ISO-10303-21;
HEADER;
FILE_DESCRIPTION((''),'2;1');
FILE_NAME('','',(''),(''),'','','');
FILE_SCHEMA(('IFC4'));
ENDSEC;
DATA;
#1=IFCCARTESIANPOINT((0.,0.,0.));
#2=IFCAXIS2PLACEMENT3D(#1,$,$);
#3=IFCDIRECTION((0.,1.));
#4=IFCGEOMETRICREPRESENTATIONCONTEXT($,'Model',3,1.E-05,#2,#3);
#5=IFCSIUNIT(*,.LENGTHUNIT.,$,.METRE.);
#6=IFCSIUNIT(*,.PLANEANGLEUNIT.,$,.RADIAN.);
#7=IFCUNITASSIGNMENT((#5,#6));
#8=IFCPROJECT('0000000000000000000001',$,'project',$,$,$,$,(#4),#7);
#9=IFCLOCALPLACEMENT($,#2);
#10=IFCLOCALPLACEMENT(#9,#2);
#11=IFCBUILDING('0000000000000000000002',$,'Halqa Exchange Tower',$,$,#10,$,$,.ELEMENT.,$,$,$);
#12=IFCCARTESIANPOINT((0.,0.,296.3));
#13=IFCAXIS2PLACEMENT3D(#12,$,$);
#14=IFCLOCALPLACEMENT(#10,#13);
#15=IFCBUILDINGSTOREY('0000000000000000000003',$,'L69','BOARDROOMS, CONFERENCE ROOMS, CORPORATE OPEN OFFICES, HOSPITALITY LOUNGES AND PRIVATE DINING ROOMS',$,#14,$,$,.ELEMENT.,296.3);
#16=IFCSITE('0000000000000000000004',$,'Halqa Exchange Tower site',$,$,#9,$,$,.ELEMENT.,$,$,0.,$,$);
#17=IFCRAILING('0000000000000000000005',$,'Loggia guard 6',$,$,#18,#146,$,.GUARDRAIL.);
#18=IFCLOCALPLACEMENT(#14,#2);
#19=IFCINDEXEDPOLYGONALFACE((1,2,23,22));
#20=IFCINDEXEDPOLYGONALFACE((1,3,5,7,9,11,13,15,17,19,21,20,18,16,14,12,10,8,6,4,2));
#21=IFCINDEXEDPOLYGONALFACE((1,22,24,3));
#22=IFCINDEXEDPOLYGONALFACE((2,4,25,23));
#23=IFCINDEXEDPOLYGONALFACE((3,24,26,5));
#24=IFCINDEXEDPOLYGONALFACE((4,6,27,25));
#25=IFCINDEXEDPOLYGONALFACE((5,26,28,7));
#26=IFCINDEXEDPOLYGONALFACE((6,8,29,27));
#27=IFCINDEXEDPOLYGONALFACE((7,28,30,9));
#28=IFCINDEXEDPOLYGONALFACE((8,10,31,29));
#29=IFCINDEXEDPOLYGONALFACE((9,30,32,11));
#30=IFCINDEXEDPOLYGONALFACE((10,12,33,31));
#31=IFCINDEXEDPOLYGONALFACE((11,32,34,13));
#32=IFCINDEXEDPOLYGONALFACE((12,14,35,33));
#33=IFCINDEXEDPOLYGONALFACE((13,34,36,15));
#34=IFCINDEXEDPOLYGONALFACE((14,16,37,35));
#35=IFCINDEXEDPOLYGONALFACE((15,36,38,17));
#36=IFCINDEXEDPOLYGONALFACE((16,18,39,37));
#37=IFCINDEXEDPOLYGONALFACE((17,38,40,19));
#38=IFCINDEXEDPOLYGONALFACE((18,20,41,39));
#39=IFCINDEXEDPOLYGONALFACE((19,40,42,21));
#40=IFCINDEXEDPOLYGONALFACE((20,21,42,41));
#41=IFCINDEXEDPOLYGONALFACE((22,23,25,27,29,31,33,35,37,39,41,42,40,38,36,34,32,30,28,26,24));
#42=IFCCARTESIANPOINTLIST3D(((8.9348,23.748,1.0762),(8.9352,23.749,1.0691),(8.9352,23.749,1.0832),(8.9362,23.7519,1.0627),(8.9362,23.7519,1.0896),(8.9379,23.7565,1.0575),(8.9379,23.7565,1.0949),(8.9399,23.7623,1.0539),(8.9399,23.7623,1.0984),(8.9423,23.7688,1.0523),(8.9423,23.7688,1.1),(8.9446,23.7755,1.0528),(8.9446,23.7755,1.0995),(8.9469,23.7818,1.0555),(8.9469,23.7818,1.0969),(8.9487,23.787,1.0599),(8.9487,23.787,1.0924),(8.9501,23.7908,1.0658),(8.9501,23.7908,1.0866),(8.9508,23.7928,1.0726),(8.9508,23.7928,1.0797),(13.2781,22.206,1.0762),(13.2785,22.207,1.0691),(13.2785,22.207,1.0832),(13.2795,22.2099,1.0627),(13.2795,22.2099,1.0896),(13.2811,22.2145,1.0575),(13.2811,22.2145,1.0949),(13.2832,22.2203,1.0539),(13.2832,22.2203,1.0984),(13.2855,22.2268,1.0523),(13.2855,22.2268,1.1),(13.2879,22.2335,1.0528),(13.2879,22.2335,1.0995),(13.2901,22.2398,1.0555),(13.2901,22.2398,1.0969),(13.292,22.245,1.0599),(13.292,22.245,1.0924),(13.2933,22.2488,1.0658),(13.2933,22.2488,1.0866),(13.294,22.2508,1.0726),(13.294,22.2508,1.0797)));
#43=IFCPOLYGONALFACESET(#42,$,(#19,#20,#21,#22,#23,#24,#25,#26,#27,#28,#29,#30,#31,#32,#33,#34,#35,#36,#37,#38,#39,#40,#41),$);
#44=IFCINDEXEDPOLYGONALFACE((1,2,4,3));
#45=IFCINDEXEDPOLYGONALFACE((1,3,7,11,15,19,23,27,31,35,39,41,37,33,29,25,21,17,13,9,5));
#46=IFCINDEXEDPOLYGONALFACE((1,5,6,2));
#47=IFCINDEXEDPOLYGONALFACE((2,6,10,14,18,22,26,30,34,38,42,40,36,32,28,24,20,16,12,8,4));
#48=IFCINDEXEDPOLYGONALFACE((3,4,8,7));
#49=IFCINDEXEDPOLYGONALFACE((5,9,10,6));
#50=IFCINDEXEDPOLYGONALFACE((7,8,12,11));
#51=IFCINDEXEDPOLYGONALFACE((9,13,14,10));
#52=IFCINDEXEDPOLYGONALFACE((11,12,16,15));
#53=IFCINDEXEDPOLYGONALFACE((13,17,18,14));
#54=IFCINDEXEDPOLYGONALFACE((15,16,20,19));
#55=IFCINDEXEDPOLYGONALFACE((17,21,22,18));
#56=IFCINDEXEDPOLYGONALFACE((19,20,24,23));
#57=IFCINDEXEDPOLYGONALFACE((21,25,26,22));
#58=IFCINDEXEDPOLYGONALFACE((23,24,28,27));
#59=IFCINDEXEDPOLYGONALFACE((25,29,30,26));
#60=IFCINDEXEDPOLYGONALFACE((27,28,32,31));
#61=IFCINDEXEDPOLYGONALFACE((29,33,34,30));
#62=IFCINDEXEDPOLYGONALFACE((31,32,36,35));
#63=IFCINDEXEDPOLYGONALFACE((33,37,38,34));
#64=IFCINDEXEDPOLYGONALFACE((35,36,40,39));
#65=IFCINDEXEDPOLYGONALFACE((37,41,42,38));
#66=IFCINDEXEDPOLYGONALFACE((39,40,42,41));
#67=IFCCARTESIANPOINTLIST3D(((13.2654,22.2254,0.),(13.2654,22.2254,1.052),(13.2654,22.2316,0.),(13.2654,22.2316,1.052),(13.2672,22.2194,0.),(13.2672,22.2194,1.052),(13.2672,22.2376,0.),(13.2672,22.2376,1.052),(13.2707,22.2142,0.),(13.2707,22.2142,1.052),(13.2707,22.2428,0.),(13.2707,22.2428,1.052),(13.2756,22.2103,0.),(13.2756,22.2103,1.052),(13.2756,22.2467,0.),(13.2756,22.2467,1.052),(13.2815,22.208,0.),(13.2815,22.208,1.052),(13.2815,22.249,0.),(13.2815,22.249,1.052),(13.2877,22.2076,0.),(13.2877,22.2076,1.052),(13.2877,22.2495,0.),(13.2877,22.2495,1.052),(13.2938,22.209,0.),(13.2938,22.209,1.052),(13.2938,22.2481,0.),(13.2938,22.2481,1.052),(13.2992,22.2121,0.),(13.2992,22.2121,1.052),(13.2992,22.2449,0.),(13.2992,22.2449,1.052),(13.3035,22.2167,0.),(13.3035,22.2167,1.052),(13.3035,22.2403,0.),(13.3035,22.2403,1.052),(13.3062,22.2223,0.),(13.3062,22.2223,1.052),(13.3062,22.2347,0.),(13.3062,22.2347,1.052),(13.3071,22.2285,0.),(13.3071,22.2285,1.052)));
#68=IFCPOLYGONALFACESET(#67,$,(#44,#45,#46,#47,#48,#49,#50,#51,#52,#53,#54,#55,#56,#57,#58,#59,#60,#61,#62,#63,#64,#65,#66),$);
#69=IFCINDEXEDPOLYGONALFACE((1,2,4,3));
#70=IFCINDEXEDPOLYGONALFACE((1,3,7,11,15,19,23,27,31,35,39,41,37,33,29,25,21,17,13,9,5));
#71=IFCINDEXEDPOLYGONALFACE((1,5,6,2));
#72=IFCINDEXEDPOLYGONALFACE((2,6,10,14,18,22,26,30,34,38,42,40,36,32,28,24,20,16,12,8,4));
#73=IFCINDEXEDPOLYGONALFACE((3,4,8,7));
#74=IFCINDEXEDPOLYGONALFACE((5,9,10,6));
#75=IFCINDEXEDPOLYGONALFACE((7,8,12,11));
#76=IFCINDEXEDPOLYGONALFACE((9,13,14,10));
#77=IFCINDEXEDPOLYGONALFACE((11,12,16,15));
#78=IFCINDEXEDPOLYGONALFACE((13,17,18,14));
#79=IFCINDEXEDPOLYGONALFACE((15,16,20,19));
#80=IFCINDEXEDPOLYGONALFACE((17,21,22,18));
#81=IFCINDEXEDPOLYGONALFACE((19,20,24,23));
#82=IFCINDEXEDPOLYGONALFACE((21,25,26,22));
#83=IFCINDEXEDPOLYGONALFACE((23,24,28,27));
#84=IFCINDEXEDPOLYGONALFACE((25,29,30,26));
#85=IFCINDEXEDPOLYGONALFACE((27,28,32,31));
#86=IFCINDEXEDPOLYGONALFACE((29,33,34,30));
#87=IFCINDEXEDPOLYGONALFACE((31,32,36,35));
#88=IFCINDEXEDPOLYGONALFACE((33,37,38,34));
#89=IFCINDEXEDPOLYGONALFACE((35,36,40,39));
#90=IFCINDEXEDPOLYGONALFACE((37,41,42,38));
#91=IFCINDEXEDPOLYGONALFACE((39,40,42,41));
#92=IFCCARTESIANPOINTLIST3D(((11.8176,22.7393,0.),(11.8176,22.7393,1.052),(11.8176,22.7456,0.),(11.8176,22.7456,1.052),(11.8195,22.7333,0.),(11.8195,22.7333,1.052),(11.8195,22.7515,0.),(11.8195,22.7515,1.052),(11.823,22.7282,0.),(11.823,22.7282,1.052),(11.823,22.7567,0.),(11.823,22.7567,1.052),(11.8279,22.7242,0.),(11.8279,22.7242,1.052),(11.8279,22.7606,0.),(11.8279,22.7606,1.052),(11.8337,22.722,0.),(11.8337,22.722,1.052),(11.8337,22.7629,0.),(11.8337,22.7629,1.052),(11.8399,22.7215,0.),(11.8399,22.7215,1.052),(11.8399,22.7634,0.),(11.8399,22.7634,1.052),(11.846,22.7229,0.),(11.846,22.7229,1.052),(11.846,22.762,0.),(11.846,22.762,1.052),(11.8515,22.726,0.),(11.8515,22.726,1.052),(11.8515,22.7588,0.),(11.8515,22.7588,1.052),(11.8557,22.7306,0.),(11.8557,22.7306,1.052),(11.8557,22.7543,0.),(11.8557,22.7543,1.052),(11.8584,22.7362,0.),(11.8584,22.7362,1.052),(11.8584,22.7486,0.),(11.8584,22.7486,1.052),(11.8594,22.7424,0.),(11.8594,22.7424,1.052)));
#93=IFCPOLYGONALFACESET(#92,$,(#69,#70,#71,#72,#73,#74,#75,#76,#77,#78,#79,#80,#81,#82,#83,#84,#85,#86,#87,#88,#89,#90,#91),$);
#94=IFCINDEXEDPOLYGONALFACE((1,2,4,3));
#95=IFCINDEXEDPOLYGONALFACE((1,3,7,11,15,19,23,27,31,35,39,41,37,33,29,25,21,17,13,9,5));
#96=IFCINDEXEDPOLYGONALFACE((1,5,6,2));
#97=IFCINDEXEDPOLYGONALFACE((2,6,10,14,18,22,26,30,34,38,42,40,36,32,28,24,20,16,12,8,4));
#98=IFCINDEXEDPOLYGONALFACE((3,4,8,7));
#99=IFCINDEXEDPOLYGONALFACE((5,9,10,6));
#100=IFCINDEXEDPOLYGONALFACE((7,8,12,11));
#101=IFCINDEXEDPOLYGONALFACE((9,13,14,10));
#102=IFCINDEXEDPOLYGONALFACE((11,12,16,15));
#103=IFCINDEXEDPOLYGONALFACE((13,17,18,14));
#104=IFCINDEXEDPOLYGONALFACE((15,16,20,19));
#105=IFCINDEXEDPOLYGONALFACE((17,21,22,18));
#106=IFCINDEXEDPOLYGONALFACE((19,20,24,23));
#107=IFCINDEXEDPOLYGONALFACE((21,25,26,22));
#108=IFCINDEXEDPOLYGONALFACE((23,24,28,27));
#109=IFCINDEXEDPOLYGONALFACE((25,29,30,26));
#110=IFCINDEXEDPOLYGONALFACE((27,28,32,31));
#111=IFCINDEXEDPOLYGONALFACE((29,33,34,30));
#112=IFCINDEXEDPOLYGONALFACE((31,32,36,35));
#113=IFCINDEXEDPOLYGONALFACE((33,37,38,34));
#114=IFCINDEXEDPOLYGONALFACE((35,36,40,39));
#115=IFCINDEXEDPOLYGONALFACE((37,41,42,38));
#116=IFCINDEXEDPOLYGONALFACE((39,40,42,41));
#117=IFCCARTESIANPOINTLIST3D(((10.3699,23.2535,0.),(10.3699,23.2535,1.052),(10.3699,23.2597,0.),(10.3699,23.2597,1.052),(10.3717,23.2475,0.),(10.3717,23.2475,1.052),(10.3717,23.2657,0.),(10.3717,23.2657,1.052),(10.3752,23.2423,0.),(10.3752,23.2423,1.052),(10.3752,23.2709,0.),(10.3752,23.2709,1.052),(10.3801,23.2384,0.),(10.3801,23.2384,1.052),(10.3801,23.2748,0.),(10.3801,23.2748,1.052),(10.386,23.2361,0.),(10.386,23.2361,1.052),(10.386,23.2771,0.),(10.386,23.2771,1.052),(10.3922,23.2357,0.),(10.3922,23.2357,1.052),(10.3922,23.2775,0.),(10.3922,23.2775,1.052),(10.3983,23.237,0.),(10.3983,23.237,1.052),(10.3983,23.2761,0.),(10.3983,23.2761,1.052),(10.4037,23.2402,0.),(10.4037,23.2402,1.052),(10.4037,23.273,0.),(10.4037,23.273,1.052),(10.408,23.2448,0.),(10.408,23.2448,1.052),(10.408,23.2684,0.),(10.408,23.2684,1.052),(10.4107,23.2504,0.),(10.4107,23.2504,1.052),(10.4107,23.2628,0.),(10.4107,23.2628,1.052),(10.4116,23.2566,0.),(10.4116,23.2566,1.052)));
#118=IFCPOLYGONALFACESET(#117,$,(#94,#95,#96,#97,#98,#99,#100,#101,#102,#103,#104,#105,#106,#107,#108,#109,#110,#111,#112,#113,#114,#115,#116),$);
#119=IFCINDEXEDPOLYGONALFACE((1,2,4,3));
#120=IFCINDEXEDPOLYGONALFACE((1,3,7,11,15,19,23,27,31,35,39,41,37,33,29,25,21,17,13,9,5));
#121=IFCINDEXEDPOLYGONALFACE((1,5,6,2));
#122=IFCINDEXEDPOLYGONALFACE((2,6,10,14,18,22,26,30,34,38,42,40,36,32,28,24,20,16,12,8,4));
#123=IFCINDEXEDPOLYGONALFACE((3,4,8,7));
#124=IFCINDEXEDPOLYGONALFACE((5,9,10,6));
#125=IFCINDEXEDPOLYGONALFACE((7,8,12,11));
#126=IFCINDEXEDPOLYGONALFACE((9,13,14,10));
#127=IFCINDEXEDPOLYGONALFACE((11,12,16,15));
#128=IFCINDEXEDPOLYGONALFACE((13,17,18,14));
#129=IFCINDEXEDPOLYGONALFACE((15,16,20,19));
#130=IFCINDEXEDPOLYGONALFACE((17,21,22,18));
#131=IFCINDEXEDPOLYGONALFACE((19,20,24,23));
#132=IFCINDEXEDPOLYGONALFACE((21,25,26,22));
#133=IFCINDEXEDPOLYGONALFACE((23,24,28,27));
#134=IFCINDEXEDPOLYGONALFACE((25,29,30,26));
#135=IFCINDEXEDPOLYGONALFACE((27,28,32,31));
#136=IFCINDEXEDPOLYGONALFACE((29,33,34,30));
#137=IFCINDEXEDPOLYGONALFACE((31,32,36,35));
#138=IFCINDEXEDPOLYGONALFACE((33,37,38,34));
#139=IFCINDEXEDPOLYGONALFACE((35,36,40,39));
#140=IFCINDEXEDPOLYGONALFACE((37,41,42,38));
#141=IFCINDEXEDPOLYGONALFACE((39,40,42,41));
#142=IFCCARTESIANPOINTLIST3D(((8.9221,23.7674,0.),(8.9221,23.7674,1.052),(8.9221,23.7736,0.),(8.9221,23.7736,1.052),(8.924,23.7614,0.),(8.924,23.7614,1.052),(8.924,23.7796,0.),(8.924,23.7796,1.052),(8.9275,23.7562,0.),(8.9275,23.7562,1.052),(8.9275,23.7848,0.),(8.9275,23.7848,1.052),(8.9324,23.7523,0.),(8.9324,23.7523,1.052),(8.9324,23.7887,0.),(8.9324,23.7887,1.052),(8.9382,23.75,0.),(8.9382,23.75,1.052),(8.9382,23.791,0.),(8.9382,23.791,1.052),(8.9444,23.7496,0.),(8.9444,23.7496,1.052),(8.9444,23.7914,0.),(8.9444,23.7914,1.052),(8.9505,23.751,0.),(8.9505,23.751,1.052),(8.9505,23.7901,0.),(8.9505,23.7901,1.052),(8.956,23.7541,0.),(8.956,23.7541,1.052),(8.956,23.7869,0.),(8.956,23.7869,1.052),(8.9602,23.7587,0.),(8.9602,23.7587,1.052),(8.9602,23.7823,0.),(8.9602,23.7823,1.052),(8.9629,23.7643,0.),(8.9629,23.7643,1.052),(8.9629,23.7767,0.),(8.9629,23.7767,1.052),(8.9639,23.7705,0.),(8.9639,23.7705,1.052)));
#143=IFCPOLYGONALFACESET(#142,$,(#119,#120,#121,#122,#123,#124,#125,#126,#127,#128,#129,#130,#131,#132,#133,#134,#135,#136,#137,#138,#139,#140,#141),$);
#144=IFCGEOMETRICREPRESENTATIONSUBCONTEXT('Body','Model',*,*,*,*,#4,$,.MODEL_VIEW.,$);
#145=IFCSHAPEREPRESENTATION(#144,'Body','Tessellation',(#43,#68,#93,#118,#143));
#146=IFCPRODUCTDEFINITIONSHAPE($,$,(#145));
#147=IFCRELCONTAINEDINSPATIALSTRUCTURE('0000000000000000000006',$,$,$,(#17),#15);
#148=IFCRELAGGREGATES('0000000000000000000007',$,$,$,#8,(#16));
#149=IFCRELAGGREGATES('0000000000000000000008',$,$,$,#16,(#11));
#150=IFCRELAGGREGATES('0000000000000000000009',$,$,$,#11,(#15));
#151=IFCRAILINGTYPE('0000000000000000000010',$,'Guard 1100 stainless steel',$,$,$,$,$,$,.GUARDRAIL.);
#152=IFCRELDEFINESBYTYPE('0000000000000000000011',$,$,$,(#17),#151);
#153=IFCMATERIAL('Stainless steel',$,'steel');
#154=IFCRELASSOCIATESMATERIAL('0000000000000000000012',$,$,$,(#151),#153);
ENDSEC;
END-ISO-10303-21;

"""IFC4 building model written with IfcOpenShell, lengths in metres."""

from ifc_helpers import new_model, si_unit, direction, frame, origin, origin_2d, place, context, subcontext, project, spatial, circle, extrude, material, type_object, element, save


model = new_model("IFC4")

# Units and contexts
model_context = context("Model", 3, precision=1e-05, world=origin(), true_north=direction((0.0, 1.0)))
body_context = subcontext(model_context, "Body", "Model", "MODEL_VIEW")
ifc_project = project(units=[si_unit("LENGTHUNIT", "METRE"), si_unit("PLANEANGLEUNIT", "RADIAN")], contexts=[model_context])

# Site, building, storey
site_placement = place(None, origin())
site = spatial("IfcSite", under=ifc_project, at=site_placement, Name="Halqa Exchange Tower site", CompositionType="ELEMENT", RefElevation=0.0)
building_placement = place(site_placement, origin())
building = spatial("IfcBuilding", under=site, at=building_placement, Name="Halqa Exchange Tower", CompositionType="ELEMENT")
storey_placement = place(building_placement, frame((0.0, 0.0, 296.3)))
storey = spatial("IfcBuildingStorey", under=building, at=storey_placement, Name="L69", Description="BOARDROOMS, CONFERENCE ROOMS, CORPORATE OPEN OFFICES, HOSPITALITY LOUNGES AND PRIVATE DINING ROOMS", CompositionType="ELEMENT", Elevation=296.3)

# Railing
ifc_material_1 = material(Name="Stainless steel", Category="steel")
railing_type = type_object("IfcRailingType", Name="Guard 1100 stainless steel", PredefinedType="GUARDRAIL", material=ifc_material_1)
railing_1_placement = place(storey_placement, frame((13.2861, 22.2285, 0.0)))
element("IfcRailing", 1, at=railing_1_placement, inside=storey, type_object=railing_type, Name="Loggia guard 6", PredefinedType="GUARDRAIL", context=body_context, shape_type="SweptSolid", body=[
    extrude(circle(Radius=0.0239, at=origin_2d()), frame((0.0, 0.0, 1.0762), z_axis=(-0.942371, 0.334571, 0.0), x_axis=(-0.334571, -0.942371, 0.0)), (0.0, 0.0, 1.0), 4.6089),
    extrude(circle(Radius=0.021, at=origin_2d()), origin(), (0.0, 0.0, 1.0), 1.052),
    extrude(circle(Radius=0.021, at=origin_2d()), frame((-1.4478, 0.5139, 0.0)), (0.0, 0.0, 1.0), 1.052),
    extrude(circle(Radius=0.021, at=origin_2d()), frame((-2.8955, 1.0281, 0.0)), (0.0, 0.0, 1.0), 1.052),
    extrude(circle(Radius=0.021, at=origin_2d()), frame((-4.3433, 1.542, 0.0)), (0.0, 0.0, 1.0), 1.052),
])

save(model, "model.ifc")
